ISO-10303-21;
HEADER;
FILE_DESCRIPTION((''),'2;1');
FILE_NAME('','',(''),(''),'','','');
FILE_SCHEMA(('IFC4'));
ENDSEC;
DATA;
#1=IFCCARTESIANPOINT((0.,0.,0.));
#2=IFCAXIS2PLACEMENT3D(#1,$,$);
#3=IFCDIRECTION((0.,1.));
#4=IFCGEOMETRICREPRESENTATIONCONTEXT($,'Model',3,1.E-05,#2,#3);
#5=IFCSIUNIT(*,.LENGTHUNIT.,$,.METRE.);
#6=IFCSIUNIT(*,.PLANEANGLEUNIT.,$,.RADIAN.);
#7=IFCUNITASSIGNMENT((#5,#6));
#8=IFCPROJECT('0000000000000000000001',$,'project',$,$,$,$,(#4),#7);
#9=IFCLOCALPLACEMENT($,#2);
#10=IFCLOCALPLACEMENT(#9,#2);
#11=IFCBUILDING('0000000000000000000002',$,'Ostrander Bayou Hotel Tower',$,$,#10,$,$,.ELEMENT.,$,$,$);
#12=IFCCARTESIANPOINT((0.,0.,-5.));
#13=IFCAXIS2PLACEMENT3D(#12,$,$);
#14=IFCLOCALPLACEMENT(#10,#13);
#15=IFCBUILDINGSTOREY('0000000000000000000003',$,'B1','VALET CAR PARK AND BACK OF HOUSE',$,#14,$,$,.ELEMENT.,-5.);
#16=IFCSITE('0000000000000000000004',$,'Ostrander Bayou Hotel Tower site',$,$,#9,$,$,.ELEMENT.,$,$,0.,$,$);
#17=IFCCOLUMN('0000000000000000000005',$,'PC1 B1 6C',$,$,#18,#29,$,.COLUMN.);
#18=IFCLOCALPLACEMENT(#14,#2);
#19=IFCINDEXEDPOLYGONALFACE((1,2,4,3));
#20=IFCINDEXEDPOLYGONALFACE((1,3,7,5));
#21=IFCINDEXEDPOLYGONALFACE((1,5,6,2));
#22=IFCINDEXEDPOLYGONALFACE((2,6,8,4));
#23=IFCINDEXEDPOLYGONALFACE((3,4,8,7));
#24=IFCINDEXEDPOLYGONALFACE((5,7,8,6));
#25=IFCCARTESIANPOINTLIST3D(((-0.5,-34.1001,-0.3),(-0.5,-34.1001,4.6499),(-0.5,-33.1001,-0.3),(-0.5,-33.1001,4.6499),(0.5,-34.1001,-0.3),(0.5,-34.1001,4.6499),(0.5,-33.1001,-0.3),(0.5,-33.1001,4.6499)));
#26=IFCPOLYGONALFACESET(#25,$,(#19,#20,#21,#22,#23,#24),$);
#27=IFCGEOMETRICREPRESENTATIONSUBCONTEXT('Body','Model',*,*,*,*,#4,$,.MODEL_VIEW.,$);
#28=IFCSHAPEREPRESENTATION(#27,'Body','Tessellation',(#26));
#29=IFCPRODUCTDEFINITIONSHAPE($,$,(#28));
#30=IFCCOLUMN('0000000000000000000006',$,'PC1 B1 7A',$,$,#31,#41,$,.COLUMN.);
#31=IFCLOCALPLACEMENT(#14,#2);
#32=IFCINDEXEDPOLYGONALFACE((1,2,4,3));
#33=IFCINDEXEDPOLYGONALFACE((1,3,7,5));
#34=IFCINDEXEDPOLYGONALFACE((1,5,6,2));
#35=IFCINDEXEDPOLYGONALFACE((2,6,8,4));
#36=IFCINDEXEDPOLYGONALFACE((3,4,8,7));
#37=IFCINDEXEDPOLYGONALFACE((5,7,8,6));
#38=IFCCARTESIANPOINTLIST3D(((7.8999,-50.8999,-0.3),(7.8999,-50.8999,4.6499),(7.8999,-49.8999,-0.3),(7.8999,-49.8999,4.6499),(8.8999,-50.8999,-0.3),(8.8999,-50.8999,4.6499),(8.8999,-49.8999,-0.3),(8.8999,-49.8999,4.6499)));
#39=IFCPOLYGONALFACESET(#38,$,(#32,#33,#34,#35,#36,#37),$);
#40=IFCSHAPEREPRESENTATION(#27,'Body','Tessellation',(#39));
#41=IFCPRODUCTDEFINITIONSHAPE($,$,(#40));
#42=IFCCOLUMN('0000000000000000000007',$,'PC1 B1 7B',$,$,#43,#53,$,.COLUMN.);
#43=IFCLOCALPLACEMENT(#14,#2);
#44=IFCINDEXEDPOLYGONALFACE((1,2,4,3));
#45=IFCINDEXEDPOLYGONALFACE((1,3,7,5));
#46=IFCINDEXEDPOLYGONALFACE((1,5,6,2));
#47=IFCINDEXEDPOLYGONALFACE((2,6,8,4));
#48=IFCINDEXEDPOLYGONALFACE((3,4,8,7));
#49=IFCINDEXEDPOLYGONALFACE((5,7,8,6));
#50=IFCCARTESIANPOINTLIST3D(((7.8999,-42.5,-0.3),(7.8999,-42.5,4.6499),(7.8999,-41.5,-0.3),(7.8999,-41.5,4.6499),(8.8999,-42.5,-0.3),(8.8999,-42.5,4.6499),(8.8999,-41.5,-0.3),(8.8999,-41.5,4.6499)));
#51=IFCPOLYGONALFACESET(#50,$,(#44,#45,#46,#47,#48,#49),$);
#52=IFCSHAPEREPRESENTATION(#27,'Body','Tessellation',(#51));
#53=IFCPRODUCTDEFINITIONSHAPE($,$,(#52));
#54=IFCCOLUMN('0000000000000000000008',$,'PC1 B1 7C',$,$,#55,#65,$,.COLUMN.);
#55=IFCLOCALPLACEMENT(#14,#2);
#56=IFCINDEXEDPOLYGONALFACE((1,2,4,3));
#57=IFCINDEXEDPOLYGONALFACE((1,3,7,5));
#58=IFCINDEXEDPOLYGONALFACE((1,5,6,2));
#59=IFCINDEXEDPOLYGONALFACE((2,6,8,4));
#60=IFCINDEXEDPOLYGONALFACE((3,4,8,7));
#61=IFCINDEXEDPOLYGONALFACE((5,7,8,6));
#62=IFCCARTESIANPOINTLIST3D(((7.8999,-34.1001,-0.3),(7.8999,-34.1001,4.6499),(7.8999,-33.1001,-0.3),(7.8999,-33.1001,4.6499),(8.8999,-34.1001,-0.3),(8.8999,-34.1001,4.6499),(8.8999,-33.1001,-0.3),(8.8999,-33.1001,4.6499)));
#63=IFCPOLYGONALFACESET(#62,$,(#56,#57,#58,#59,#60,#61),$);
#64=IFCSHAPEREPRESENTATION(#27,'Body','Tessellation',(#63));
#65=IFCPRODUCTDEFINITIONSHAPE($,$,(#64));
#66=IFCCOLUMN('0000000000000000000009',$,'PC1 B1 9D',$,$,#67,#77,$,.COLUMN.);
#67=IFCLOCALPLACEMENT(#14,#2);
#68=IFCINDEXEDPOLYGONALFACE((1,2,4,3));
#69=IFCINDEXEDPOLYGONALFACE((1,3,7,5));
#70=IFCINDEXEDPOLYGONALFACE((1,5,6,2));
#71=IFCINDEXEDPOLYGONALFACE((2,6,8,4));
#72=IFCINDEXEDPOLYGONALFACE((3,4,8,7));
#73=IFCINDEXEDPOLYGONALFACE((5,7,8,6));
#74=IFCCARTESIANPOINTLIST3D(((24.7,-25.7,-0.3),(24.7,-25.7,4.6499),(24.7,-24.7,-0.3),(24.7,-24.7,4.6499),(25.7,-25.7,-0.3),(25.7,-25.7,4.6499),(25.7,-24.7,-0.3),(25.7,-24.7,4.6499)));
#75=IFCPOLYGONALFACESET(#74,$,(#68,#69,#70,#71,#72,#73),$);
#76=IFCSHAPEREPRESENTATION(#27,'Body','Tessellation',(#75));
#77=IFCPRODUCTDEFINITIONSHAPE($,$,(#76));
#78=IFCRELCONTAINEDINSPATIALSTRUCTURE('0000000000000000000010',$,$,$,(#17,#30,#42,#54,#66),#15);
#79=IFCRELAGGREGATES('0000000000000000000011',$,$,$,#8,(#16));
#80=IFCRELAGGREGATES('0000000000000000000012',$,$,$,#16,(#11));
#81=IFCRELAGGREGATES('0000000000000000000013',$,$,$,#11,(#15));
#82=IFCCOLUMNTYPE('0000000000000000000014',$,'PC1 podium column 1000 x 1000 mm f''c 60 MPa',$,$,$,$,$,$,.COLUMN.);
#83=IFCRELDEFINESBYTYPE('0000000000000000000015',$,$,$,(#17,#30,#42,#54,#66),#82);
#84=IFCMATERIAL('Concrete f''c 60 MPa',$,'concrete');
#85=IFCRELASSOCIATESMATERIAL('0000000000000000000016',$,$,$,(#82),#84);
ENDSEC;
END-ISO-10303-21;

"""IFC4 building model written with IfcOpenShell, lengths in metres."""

from ifc_helpers import new_model, si_unit, direction, frame, origin, origin_2d, place, context, subcontext, project, spatial, rectangle, extrude, material, material_profile, profile_set, type_object, element, save


model = new_model("IFC4")

# Units and contexts
model_context = context("Model", 3, precision=1e-05, world=origin(), true_north=direction((0.0, 1.0)))
body_context = subcontext(model_context, "Body", "Model", "MODEL_VIEW")
ifc_project = project(units=[si_unit("LENGTHUNIT", "METRE"), si_unit("PLANEANGLEUNIT", "RADIAN")], contexts=[model_context])

# Site, building, storey
site_placement = place(None, origin())
site = spatial("IfcSite", under=ifc_project, at=site_placement, Name="Ostrander Bayou Hotel Tower site", CompositionType="ELEMENT", RefElevation=0.0)
building_placement = place(site_placement, origin())
building = spatial("IfcBuilding", under=site, at=building_placement, Name="Ostrander Bayou Hotel Tower", CompositionType="ELEMENT")
storey_placement = place(building_placement, frame((0.0, 0.0, -5.0)))
storey = spatial("IfcBuildingStorey", under=building, at=storey_placement, Name="B1", Description="VALET CAR PARK AND BACK OF HOUSE", CompositionType="ELEMENT", Elevation=-5.0)

# Columns
ifc_material_1 = material(Name="Concrete f'c 60 MPa", Category="concrete")
ifc_material_profile_1 = material_profile(ifc_material_1, rectangle(XDim=1.0, YDim=1.0, at=origin_2d()))
ifc_profile_set_1 = profile_set([ifc_material_profile_1], Name="Concrete f'c 60 MPa")
column_type_1 = type_object("IfcColumnType", Name="PC1 podium column 1000 x 1000 mm f'c 60 MPa", PredefinedType="COLUMN", material=ifc_profile_set_1)
for number, where, z_axis, x_axis, name in (
    (1, (0.0, -33.6001, -0.3), (0.0, 0.0, 1.0), (1.0, 0.0, 0.0), "PC1 B1 6C"),
    (2, (8.3999, -50.3999, -0.3), (0.0, 0.0, 1.0), (1.0, 0.0, 0.0), "PC1 B1 7A"),
    (3, (8.3999, -42.0, -0.3), (0.0, 0.0, 1.0), (1.0, 0.0, 0.0), "PC1 B1 7B"),
    (4, (8.3999, -33.6001, -0.3), (0.0, 0.0, 1.0), (1.0, 0.0, 0.0), "PC1 B1 7C"),
    (5, (25.2, -25.2, -0.3), (0.0, 0.0, 1.0), (1.0, 0.0, 0.0), "PC1 B1 9D"),
):
    element("IfcColumn", number, at=place(storey_placement, frame(where, z_axis=z_axis, x_axis=x_axis)), inside=storey, type_object=column_type_1, Name=name, PredefinedType="COLUMN", context=body_context, shape_type="SweptSolid", body=[
        extrude(rectangle(XDim=1.0, YDim=1.0, at=origin_2d()), origin(), (0.0, 0.0, 1.0), 4.95),
    ])

save(model, "model.ifc")
